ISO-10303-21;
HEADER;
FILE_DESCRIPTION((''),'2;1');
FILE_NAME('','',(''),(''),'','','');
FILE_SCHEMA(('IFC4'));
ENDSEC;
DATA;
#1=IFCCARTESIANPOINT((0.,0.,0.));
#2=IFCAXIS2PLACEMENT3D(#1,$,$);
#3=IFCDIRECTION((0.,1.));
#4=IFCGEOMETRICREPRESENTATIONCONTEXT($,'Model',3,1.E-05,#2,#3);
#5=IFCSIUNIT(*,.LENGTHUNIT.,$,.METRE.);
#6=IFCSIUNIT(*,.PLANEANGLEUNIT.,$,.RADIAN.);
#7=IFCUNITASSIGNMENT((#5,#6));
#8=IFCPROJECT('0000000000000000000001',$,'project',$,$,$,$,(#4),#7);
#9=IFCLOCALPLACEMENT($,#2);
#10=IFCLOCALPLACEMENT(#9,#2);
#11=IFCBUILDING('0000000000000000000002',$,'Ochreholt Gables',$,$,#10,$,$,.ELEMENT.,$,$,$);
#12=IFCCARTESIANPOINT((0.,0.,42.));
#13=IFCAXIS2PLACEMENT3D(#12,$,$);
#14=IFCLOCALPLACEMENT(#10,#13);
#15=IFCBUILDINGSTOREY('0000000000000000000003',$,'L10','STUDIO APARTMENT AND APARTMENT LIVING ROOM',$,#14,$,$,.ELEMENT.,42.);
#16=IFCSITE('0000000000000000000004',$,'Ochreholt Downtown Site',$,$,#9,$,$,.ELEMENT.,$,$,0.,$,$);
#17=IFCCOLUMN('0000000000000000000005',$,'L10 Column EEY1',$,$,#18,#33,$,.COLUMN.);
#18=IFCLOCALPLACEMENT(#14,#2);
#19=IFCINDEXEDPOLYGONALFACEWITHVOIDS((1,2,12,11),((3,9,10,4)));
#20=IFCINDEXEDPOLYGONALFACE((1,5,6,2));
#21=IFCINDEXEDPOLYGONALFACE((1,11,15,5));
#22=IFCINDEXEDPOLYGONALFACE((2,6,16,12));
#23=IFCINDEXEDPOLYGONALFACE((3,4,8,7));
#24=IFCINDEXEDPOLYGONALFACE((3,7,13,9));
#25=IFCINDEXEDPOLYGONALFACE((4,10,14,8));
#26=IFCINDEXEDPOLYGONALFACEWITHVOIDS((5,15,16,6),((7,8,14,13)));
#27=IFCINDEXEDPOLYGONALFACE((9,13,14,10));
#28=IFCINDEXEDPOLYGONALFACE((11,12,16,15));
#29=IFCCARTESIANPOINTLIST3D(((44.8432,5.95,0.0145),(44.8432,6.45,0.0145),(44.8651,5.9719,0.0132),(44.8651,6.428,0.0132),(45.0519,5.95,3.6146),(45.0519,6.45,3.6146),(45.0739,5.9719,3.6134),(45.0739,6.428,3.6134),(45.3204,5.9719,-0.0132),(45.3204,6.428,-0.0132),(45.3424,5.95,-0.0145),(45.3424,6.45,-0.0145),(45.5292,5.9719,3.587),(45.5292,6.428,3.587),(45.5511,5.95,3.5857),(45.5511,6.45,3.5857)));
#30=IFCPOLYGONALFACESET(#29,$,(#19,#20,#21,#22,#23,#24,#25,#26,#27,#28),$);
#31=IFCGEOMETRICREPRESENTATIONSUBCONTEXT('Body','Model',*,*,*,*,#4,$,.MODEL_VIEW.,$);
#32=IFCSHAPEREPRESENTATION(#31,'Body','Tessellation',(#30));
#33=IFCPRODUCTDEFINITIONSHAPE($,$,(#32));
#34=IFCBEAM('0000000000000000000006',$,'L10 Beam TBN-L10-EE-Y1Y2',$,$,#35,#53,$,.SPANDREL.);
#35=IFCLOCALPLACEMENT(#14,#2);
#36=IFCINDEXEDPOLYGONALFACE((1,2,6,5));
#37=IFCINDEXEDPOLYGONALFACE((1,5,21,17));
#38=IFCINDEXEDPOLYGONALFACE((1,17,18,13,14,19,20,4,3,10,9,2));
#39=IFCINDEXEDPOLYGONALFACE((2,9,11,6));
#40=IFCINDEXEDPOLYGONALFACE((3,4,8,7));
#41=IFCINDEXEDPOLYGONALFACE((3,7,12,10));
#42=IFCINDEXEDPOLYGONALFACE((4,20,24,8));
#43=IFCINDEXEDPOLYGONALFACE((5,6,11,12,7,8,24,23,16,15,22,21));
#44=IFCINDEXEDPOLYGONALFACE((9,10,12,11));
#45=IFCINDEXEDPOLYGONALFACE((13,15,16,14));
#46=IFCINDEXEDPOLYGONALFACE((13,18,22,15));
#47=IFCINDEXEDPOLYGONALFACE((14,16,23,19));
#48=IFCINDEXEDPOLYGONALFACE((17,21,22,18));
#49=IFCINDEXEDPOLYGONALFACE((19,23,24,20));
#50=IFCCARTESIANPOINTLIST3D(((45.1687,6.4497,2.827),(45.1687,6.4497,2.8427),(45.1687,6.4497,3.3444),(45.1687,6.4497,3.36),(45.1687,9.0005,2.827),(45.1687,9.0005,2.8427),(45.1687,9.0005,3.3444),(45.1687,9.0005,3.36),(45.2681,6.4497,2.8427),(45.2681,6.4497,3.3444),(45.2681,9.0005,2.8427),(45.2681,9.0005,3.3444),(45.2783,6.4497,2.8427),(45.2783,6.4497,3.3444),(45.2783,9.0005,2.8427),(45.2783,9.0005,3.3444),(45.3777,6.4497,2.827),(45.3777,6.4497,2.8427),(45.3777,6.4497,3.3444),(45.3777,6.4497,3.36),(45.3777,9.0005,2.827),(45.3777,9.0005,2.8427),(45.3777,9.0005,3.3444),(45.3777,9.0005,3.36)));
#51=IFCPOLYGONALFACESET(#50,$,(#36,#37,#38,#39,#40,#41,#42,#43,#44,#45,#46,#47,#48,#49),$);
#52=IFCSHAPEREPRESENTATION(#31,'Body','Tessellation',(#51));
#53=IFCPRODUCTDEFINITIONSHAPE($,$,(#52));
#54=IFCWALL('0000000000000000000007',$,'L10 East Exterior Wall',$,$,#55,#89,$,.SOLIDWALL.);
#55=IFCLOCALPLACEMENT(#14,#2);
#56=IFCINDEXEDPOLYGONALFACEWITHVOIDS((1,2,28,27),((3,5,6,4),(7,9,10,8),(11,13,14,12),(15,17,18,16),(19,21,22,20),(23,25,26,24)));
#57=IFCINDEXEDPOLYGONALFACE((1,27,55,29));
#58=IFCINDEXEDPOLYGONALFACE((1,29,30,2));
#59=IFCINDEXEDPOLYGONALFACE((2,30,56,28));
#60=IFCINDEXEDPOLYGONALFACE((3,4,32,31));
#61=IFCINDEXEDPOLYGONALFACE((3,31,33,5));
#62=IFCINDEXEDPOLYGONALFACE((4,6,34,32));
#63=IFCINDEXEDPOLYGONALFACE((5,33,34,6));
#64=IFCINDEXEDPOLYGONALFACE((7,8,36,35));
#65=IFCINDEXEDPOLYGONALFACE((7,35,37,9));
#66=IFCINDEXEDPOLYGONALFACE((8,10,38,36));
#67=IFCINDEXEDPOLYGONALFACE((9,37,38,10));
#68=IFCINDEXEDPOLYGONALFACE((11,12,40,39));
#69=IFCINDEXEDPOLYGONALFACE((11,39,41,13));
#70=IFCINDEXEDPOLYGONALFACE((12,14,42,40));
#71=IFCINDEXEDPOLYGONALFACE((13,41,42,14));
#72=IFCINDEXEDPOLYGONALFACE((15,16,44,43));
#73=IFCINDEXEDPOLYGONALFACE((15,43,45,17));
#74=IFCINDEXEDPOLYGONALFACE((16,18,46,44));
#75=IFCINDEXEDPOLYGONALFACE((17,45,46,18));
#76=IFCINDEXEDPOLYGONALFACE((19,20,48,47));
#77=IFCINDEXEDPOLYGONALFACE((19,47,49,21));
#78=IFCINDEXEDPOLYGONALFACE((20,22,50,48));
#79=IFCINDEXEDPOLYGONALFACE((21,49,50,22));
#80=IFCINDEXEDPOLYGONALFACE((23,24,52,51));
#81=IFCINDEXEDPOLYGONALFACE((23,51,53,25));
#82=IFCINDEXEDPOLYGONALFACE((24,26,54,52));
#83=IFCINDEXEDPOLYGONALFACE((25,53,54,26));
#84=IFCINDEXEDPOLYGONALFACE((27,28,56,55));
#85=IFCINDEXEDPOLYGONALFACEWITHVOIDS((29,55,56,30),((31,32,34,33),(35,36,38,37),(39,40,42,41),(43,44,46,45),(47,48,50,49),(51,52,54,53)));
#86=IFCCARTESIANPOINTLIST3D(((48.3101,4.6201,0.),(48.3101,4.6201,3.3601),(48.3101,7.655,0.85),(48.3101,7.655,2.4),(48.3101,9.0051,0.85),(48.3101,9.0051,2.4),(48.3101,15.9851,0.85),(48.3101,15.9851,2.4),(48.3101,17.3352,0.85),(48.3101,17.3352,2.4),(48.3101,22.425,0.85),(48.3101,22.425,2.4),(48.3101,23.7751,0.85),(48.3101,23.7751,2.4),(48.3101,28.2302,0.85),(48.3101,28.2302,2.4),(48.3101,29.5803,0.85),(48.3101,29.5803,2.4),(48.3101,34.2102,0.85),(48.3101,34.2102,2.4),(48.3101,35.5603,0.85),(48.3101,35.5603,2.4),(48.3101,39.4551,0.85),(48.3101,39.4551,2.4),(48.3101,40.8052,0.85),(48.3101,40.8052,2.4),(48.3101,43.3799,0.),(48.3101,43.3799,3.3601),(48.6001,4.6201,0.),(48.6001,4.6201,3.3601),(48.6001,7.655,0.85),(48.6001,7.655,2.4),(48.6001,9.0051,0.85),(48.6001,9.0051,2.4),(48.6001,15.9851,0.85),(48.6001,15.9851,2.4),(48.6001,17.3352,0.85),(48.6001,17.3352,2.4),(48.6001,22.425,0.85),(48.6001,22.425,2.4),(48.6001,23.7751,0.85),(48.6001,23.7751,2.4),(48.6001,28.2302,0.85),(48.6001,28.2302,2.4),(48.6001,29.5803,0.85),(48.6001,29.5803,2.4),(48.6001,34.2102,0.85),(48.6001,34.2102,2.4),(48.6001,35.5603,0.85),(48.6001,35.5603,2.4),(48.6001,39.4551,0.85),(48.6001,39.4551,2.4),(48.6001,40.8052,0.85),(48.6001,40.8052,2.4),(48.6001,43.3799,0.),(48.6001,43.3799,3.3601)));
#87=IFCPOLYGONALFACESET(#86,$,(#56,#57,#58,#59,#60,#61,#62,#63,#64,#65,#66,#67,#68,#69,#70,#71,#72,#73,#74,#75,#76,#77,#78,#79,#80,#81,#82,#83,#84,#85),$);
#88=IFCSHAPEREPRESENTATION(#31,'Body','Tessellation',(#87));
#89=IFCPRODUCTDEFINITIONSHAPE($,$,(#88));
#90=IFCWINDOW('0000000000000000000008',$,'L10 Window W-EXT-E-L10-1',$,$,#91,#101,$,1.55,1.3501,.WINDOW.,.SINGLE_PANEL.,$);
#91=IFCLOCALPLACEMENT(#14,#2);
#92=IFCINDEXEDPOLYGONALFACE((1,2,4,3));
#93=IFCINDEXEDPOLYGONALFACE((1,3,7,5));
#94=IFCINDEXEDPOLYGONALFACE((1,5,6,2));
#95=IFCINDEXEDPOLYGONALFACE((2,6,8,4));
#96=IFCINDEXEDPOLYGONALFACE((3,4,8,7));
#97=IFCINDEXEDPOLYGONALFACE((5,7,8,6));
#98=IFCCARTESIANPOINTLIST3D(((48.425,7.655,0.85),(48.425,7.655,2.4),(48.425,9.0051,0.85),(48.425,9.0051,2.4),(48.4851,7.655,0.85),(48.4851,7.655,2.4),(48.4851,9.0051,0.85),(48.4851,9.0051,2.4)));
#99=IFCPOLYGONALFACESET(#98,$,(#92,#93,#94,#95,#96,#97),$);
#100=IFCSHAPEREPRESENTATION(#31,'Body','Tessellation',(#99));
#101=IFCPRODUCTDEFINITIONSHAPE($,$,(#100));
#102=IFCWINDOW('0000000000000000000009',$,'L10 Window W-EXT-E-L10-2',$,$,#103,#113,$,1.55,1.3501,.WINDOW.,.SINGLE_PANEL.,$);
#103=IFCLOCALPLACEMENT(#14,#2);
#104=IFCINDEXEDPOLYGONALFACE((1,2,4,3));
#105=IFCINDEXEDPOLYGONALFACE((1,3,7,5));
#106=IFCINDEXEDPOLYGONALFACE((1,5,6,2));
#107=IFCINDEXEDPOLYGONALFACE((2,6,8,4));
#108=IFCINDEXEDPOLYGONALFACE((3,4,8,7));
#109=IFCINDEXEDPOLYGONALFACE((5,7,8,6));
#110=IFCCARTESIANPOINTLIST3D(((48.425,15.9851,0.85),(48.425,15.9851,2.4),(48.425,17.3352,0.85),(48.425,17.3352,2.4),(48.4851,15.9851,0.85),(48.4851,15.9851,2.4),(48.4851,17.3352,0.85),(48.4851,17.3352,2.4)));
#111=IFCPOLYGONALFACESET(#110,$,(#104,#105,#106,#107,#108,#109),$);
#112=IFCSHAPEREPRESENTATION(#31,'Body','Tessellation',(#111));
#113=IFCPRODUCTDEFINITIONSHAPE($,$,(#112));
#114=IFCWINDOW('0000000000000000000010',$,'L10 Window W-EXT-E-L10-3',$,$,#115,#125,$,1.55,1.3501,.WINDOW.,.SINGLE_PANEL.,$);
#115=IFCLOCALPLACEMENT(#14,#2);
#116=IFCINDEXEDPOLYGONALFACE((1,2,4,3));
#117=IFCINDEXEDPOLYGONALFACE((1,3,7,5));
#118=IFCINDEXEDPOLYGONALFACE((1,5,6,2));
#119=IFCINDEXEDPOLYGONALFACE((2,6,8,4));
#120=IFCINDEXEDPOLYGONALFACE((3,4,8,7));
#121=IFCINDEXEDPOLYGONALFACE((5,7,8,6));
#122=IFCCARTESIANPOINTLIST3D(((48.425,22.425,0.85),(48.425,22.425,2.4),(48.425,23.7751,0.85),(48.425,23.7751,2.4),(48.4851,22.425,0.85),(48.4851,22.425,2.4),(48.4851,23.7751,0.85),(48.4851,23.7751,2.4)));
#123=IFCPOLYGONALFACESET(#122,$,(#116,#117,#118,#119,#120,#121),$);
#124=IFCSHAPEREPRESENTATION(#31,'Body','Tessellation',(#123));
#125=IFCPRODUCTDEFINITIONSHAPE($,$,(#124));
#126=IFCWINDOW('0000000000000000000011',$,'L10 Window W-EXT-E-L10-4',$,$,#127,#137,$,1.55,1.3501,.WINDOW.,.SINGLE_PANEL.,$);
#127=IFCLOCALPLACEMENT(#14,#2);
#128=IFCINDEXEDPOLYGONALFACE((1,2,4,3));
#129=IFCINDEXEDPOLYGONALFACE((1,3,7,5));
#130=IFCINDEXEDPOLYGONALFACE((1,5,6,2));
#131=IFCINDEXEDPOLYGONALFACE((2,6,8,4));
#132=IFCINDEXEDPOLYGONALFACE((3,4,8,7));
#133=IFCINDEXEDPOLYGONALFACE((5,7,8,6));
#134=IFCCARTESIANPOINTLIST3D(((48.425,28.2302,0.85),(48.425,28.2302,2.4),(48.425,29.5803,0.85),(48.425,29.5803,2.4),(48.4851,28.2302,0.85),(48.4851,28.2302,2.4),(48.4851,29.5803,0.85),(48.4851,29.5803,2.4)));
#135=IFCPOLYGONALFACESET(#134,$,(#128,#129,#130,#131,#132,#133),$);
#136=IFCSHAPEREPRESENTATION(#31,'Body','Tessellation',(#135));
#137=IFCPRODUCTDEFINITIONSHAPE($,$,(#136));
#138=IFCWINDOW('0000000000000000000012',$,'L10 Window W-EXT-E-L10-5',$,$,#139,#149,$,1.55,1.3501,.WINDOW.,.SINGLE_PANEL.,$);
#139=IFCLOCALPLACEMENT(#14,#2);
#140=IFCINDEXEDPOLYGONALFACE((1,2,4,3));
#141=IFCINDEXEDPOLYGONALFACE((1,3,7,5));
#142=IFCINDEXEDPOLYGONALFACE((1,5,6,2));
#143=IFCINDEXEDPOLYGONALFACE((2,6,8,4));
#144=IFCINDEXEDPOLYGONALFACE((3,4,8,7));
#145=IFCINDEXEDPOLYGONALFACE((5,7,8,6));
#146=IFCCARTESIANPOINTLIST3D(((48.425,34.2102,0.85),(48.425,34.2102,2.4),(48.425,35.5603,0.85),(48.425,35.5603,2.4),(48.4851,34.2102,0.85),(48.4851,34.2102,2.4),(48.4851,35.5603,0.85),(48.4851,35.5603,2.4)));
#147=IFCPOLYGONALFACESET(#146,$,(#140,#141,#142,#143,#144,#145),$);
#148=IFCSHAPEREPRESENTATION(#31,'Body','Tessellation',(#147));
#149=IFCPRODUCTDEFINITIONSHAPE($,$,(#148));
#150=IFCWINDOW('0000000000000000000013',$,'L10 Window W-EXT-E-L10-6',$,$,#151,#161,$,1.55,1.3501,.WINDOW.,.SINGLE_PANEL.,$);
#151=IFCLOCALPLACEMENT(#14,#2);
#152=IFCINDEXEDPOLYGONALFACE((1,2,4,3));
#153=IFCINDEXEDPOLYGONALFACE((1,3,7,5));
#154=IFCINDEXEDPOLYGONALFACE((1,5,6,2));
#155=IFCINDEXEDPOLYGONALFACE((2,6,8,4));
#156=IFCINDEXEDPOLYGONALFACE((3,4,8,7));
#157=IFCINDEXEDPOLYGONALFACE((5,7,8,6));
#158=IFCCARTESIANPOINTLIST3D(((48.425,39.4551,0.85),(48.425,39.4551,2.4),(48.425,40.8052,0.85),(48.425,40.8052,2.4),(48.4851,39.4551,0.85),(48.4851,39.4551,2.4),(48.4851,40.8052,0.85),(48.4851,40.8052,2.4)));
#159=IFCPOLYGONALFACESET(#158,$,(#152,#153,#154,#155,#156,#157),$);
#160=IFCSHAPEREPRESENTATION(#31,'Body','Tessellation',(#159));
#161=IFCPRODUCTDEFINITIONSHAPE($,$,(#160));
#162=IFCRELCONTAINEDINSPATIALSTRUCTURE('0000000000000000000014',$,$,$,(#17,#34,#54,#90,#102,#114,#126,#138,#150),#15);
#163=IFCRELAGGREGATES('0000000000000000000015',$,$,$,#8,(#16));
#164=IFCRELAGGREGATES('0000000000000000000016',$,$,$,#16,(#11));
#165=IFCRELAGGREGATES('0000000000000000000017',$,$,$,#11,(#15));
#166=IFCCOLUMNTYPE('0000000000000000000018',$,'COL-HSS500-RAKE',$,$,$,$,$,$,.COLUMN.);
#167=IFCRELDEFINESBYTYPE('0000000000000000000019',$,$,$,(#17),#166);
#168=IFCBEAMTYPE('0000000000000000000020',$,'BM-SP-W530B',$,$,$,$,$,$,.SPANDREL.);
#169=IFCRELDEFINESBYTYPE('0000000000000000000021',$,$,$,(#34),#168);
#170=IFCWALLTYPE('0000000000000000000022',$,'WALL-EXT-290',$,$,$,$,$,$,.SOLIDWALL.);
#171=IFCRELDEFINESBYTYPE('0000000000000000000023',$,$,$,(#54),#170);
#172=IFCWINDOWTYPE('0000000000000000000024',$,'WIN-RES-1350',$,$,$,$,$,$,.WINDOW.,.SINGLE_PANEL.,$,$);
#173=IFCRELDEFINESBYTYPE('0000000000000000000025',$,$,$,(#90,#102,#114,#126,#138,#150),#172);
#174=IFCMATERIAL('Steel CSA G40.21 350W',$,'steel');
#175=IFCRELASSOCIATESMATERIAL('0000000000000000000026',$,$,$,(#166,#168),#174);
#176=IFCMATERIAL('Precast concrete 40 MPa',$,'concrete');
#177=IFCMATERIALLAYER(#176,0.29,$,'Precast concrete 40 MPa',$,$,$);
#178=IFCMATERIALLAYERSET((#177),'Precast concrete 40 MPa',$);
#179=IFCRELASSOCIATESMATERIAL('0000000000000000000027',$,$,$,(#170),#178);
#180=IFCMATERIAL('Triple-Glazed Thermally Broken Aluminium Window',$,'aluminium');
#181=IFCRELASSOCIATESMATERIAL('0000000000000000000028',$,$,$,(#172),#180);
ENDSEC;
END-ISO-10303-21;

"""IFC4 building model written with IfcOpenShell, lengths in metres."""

from ifc_helpers import new_model, si_unit, direction, frame, frame_2d, origin, origin_2d, place, context, subcontext, project, spatial, rectangle, hollow_rectangle, i_section, extrude, material, layer, layer_set, material_profile, profile_set, type_object, element, fill, save


model = new_model("IFC4")

# Units and contexts
model_context = context("Model", 3, precision=1e-05, world=origin(), true_north=direction((0.0, 1.0)))
body_context = subcontext(model_context, "Body", "Model", "MODEL_VIEW")
ifc_project = project(units=[si_unit("LENGTHUNIT", "METRE"), si_unit("PLANEANGLEUNIT", "RADIAN")], contexts=[model_context])

# Site, building, storey
site_placement = place(None, origin())
site = spatial("IfcSite", under=ifc_project, at=site_placement, Name="Ochreholt Downtown Site", CompositionType="ELEMENT", RefElevation=0.0)
building_placement = place(site_placement, origin())
building = spatial("IfcBuilding", under=site, at=building_placement, Name="Ochreholt Gables", CompositionType="ELEMENT")
storey_placement = place(building_placement, frame((0.0, 0.0, 42.0)))
storey = spatial("IfcBuildingStorey", under=building, at=storey_placement, Name="L10", Description="STUDIO APARTMENT AND APARTMENT LIVING ROOM", CompositionType="ELEMENT", Elevation=42.0)

# Column
ifc_material_1 = material(Name="Steel CSA G40.21 350W", Category="steel")
ifc_material_profile_1 = material_profile(ifc_material_1, hollow_rectangle(XDim=0.5, YDim=0.5, WallThickness=0.022, at=origin_2d()), Name="HSS500X500X22")
ifc_profile_set_1 = profile_set([ifc_material_profile_1], Name="Steel CSA G40.21 350W")
column_type = type_object("IfcColumnType", Name="COL-HSS500-RAKE", PredefinedType="COLUMN", material=ifc_profile_set_1)
column_placement = place(storey_placement, frame((45.0928, 6.2, 0.0), z_axis=(0.057885, 0.0, 0.998323), x_axis=(0.0, 1.0, 0.0)))
element("IfcColumn", 1, at=column_placement, inside=storey, type_object=column_type, Name="L10 Column EEY1", PredefinedType="COLUMN", context=body_context, shape_type="SweptSolid", body=[
    extrude(hollow_rectangle(XDim=0.5, YDim=0.5, WallThickness=0.022, at=origin_2d()), origin(), (0.0, 0.0, 1.0), 3.6062),
])

# Beam
ifc_material_profile_2 = material_profile(ifc_material_1, i_section(OverallWidth=0.209, OverallDepth=0.533, WebThickness=0.0103, FlangeThickness=0.0156, at=origin_2d()), Name="W530X92")
ifc_profile_set_2 = profile_set([ifc_material_profile_2], Name="Steel CSA G40.21 350W")
beam_type = type_object("IfcBeamType", Name="BM-SP-W530B", PredefinedType="SPANDREL", material=ifc_profile_set_2)
beam_placement = place(storey_placement, frame((45.2732, 6.4497, 3.0935), z_axis=(0.0, 1.0, 0.0), x_axis=(-1.0, 0.0, 0.0)))
element("IfcBeam", 2, at=beam_placement, inside=storey, type_object=beam_type, Name="L10 Beam TBN-L10-EE-Y1Y2", PredefinedType="SPANDREL", context=body_context, shape_type="SweptSolid", body=[
    extrude(i_section(OverallWidth=0.209, OverallDepth=0.533, WebThickness=0.0103, FlangeThickness=0.0156, at=origin_2d()), origin(), (0.0, 0.0, 1.0), 2.5508),
])

# Wall, openings, windows
ifc_material_2 = material(Name="Precast concrete 40 MPa", Category="concrete")
ifc_layer_1 = layer(ifc_material_2, 0.29, Name="Precast concrete 40 MPa")
ifc_layer_set_1 = layer_set([ifc_layer_1], Name="Precast concrete 40 MPa")
wall_type_1 = type_object("IfcWallType", Name="WALL-EXT-290", PredefinedType="SOLIDWALL", material=ifc_layer_set_1)
wall_1_placement = place(storey_placement, frame((48.4551, 4.6201, 0.0), z_axis=(0.0, 0.0, 1.0), x_axis=(0.0, 1.0, 0.0)))
wall_1 = element("IfcWall", 3, at=wall_1_placement, inside=storey, type_object=wall_type_1, Name="L10 East Exterior Wall", PredefinedType="SOLIDWALL", context=body_context, shape_type="SweptSolid", body=[
    extrude(rectangle(XDim=38.7598, YDim=0.29, at=frame_2d((19.3799, 0.0))), origin(), (0.0, 0.0, 1.0), 3.3601),
])
opening_1_placement = place(wall_1_placement, frame((3.0349, 0.0, 0.8501)))
opening_1 = element("IfcOpeningElement", 4, at=opening_1_placement, cuts=wall_1, PredefinedType="OPENING", context=body_context, shape_type="SweptSolid", body=[
    extrude(rectangle(XDim=1.3501, YDim=1.55, at=frame_2d((0.675, 0.7749))), frame((0.0, 0.155, 0.0), z_axis=(0.0, -1.0, 0.0), x_axis=(1.0, 0.0, 0.0)), (0.0, 0.0, 1.0), 0.3101),
])
opening_2_placement = place(wall_1_placement, frame((11.365, 0.0, 0.8501)))
opening_2 = element("IfcOpeningElement", 5, at=opening_2_placement, cuts=wall_1, PredefinedType="OPENING", context=body_context, shape_type="SweptSolid", body=[
    extrude(rectangle(XDim=1.3501, YDim=1.55, at=frame_2d((0.675, 0.7749))), frame((0.0, 0.155, 0.0), z_axis=(0.0, -1.0, 0.0), x_axis=(1.0, 0.0, 0.0)), (0.0, 0.0, 1.0), 0.3101),
])
opening_3_placement = place(wall_1_placement, frame((17.8049, 0.0, 0.8501)))
opening_3 = element("IfcOpeningElement", 6, at=opening_3_placement, cuts=wall_1, PredefinedType="OPENING", context=body_context, shape_type="SweptSolid", body=[
    extrude(rectangle(XDim=1.3501, YDim=1.55, at=frame_2d((0.675, 0.7749))), frame((0.0, 0.155, 0.0), z_axis=(0.0, -1.0, 0.0), x_axis=(1.0, 0.0, 0.0)), (0.0, 0.0, 1.0), 0.3101),
])
opening_4_placement = place(wall_1_placement, frame((23.6101, 0.0, 0.8501)))
opening_4 = element("IfcOpeningElement", 7, at=opening_4_placement, cuts=wall_1, PredefinedType="OPENING", context=body_context, shape_type="SweptSolid", body=[
    extrude(rectangle(XDim=1.3501, YDim=1.55, at=frame_2d((0.675, 0.7749))), frame((0.0, 0.155, 0.0), z_axis=(0.0, -1.0, 0.0), x_axis=(1.0, 0.0, 0.0)), (0.0, 0.0, 1.0), 0.3101),
])
opening_5_placement = place(wall_1_placement, frame((29.5901, 0.0, 0.8501)))
opening_5 = element("IfcOpeningElement", 8, at=opening_5_placement, cuts=wall_1, PredefinedType="OPENING", context=body_context, shape_type="SweptSolid", body=[
    extrude(rectangle(XDim=1.3501, YDim=1.55, at=frame_2d((0.675, 0.7749))), frame((0.0, 0.155, 0.0), z_axis=(0.0, -1.0, 0.0), x_axis=(1.0, 0.0, 0.0)), (0.0, 0.0, 1.0), 0.3101),
])
opening_6_placement = place(wall_1_placement, frame((34.835, 0.0, 0.8501)))
opening_6 = element("IfcOpeningElement", 9, at=opening_6_placement, cuts=wall_1, PredefinedType="OPENING", context=body_context, shape_type="SweptSolid", body=[
    extrude(rectangle(XDim=1.3501, YDim=1.55, at=frame_2d((0.675, 0.7749))), frame((0.0, 0.155, 0.0), z_axis=(0.0, -1.0, 0.0), x_axis=(1.0, 0.0, 0.0)), (0.0, 0.0, 1.0), 0.3101),
])
ifc_material_3 = material(Name="Triple-Glazed Thermally Broken Aluminium Window", Category="aluminium")
window_type = type_object("IfcWindowType", Name="WIN-RES-1350", PartitioningType="SINGLE_PANEL", PredefinedType="WINDOW", material=ifc_material_3)
window_1_placement = place(opening_1_placement, origin())
window_1 = element("IfcWindow", 10, at=window_1_placement, inside=storey, type_object=window_type, Name="L10 Window W-EXT-E-L10-1", OverallHeight=1.55, OverallWidth=1.3501, PartitioningType="SINGLE_PANEL", PredefinedType="WINDOW", context=body_context, shape_type="SweptSolid", body=[
    extrude(rectangle(XDim=1.3501, YDim=1.55, at=frame_2d((0.675, 0.7749))), frame((0.0, 0.03, 0.0), z_axis=(0.0, -1.0, 0.0), x_axis=(1.0, 0.0, 0.0)), (0.0, 0.0, 1.0), 0.0601),
])
fill(opening_1, window_1)
window_2_placement = place(opening_2_placement, origin())
window_2 = element("IfcWindow", 11, at=window_2_placement, inside=storey, type_object=window_type, Name="L10 Window W-EXT-E-L10-2", OverallHeight=1.55, OverallWidth=1.3501, PartitioningType="SINGLE_PANEL", PredefinedType="WINDOW", context=body_context, shape_type="SweptSolid", body=[
    extrude(rectangle(XDim=1.3501, YDim=1.55, at=frame_2d((0.675, 0.7749))), frame((0.0, 0.03, 0.0), z_axis=(0.0, -1.0, 0.0), x_axis=(1.0, 0.0, 0.0)), (0.0, 0.0, 1.0), 0.0601),
])
fill(opening_2, window_2)
window_3_placement = place(opening_3_placement, origin())
window_3 = element("IfcWindow", 12, at=window_3_placement, inside=storey, type_object=window_type, Name="L10 Window W-EXT-E-L10-3", OverallHeight=1.55, OverallWidth=1.3501, PartitioningType="SINGLE_PANEL", PredefinedType="WINDOW", context=body_context, shape_type="SweptSolid", body=[
    extrude(rectangle(XDim=1.3501, YDim=1.55, at=frame_2d((0.675, 0.7749))), frame((0.0, 0.03, 0.0), z_axis=(0.0, -1.0, 0.0), x_axis=(1.0, 0.0, 0.0)), (0.0, 0.0, 1.0), 0.0601),
])
fill(opening_3, window_3)
window_4_placement = place(opening_4_placement, origin())
window_4 = element("IfcWindow", 13, at=window_4_placement, inside=storey, type_object=window_type, Name="L10 Window W-EXT-E-L10-4", OverallHeight=1.55, OverallWidth=1.3501, PartitioningType="SINGLE_PANEL", PredefinedType="WINDOW", context=body_context, shape_type="SweptSolid", body=[
    extrude(rectangle(XDim=1.3501, YDim=1.55, at=frame_2d((0.675, 0.7749))), frame((0.0, 0.03, 0.0), z_axis=(0.0, -1.0, 0.0), x_axis=(1.0, 0.0, 0.0)), (0.0, 0.0, 1.0), 0.0601),
])
fill(opening_4, window_4)
window_5_placement = place(opening_5_placement, origin())
window_5 = element("IfcWindow", 14, at=window_5_placement, inside=storey, type_object=window_type, Name="L10 Window W-EXT-E-L10-5", OverallHeight=1.55, OverallWidth=1.3501, PartitioningType="SINGLE_PANEL", PredefinedType="WINDOW", context=body_context, shape_type="SweptSolid", body=[
    extrude(rectangle(XDim=1.3501, YDim=1.55, at=frame_2d((0.675, 0.7749))), frame((0.0, 0.03, 0.0), z_axis=(0.0, -1.0, 0.0), x_axis=(1.0, 0.0, 0.0)), (0.0, 0.0, 1.0), 0.0601),
])
fill(opening_5, window_5)
window_6_placement = place(opening_6_placement, origin())
window_6 = element("IfcWindow", 15, at=window_6_placement, inside=storey, type_object=window_type, Name="L10 Window W-EXT-E-L10-6", OverallHeight=1.55, OverallWidth=1.3501, PartitioningType="SINGLE_PANEL", PredefinedType="WINDOW", context=body_context, shape_type="SweptSolid", body=[
    extrude(rectangle(XDim=1.3501, YDim=1.55, at=frame_2d((0.675, 0.7749))), frame((0.0, 0.03, 0.0), z_axis=(0.0, -1.0, 0.0), x_axis=(1.0, 0.0, 0.0)), (0.0, 0.0, 1.0), 0.0601),
])
fill(opening_6, window_6)

save(model, "model.ifc")
